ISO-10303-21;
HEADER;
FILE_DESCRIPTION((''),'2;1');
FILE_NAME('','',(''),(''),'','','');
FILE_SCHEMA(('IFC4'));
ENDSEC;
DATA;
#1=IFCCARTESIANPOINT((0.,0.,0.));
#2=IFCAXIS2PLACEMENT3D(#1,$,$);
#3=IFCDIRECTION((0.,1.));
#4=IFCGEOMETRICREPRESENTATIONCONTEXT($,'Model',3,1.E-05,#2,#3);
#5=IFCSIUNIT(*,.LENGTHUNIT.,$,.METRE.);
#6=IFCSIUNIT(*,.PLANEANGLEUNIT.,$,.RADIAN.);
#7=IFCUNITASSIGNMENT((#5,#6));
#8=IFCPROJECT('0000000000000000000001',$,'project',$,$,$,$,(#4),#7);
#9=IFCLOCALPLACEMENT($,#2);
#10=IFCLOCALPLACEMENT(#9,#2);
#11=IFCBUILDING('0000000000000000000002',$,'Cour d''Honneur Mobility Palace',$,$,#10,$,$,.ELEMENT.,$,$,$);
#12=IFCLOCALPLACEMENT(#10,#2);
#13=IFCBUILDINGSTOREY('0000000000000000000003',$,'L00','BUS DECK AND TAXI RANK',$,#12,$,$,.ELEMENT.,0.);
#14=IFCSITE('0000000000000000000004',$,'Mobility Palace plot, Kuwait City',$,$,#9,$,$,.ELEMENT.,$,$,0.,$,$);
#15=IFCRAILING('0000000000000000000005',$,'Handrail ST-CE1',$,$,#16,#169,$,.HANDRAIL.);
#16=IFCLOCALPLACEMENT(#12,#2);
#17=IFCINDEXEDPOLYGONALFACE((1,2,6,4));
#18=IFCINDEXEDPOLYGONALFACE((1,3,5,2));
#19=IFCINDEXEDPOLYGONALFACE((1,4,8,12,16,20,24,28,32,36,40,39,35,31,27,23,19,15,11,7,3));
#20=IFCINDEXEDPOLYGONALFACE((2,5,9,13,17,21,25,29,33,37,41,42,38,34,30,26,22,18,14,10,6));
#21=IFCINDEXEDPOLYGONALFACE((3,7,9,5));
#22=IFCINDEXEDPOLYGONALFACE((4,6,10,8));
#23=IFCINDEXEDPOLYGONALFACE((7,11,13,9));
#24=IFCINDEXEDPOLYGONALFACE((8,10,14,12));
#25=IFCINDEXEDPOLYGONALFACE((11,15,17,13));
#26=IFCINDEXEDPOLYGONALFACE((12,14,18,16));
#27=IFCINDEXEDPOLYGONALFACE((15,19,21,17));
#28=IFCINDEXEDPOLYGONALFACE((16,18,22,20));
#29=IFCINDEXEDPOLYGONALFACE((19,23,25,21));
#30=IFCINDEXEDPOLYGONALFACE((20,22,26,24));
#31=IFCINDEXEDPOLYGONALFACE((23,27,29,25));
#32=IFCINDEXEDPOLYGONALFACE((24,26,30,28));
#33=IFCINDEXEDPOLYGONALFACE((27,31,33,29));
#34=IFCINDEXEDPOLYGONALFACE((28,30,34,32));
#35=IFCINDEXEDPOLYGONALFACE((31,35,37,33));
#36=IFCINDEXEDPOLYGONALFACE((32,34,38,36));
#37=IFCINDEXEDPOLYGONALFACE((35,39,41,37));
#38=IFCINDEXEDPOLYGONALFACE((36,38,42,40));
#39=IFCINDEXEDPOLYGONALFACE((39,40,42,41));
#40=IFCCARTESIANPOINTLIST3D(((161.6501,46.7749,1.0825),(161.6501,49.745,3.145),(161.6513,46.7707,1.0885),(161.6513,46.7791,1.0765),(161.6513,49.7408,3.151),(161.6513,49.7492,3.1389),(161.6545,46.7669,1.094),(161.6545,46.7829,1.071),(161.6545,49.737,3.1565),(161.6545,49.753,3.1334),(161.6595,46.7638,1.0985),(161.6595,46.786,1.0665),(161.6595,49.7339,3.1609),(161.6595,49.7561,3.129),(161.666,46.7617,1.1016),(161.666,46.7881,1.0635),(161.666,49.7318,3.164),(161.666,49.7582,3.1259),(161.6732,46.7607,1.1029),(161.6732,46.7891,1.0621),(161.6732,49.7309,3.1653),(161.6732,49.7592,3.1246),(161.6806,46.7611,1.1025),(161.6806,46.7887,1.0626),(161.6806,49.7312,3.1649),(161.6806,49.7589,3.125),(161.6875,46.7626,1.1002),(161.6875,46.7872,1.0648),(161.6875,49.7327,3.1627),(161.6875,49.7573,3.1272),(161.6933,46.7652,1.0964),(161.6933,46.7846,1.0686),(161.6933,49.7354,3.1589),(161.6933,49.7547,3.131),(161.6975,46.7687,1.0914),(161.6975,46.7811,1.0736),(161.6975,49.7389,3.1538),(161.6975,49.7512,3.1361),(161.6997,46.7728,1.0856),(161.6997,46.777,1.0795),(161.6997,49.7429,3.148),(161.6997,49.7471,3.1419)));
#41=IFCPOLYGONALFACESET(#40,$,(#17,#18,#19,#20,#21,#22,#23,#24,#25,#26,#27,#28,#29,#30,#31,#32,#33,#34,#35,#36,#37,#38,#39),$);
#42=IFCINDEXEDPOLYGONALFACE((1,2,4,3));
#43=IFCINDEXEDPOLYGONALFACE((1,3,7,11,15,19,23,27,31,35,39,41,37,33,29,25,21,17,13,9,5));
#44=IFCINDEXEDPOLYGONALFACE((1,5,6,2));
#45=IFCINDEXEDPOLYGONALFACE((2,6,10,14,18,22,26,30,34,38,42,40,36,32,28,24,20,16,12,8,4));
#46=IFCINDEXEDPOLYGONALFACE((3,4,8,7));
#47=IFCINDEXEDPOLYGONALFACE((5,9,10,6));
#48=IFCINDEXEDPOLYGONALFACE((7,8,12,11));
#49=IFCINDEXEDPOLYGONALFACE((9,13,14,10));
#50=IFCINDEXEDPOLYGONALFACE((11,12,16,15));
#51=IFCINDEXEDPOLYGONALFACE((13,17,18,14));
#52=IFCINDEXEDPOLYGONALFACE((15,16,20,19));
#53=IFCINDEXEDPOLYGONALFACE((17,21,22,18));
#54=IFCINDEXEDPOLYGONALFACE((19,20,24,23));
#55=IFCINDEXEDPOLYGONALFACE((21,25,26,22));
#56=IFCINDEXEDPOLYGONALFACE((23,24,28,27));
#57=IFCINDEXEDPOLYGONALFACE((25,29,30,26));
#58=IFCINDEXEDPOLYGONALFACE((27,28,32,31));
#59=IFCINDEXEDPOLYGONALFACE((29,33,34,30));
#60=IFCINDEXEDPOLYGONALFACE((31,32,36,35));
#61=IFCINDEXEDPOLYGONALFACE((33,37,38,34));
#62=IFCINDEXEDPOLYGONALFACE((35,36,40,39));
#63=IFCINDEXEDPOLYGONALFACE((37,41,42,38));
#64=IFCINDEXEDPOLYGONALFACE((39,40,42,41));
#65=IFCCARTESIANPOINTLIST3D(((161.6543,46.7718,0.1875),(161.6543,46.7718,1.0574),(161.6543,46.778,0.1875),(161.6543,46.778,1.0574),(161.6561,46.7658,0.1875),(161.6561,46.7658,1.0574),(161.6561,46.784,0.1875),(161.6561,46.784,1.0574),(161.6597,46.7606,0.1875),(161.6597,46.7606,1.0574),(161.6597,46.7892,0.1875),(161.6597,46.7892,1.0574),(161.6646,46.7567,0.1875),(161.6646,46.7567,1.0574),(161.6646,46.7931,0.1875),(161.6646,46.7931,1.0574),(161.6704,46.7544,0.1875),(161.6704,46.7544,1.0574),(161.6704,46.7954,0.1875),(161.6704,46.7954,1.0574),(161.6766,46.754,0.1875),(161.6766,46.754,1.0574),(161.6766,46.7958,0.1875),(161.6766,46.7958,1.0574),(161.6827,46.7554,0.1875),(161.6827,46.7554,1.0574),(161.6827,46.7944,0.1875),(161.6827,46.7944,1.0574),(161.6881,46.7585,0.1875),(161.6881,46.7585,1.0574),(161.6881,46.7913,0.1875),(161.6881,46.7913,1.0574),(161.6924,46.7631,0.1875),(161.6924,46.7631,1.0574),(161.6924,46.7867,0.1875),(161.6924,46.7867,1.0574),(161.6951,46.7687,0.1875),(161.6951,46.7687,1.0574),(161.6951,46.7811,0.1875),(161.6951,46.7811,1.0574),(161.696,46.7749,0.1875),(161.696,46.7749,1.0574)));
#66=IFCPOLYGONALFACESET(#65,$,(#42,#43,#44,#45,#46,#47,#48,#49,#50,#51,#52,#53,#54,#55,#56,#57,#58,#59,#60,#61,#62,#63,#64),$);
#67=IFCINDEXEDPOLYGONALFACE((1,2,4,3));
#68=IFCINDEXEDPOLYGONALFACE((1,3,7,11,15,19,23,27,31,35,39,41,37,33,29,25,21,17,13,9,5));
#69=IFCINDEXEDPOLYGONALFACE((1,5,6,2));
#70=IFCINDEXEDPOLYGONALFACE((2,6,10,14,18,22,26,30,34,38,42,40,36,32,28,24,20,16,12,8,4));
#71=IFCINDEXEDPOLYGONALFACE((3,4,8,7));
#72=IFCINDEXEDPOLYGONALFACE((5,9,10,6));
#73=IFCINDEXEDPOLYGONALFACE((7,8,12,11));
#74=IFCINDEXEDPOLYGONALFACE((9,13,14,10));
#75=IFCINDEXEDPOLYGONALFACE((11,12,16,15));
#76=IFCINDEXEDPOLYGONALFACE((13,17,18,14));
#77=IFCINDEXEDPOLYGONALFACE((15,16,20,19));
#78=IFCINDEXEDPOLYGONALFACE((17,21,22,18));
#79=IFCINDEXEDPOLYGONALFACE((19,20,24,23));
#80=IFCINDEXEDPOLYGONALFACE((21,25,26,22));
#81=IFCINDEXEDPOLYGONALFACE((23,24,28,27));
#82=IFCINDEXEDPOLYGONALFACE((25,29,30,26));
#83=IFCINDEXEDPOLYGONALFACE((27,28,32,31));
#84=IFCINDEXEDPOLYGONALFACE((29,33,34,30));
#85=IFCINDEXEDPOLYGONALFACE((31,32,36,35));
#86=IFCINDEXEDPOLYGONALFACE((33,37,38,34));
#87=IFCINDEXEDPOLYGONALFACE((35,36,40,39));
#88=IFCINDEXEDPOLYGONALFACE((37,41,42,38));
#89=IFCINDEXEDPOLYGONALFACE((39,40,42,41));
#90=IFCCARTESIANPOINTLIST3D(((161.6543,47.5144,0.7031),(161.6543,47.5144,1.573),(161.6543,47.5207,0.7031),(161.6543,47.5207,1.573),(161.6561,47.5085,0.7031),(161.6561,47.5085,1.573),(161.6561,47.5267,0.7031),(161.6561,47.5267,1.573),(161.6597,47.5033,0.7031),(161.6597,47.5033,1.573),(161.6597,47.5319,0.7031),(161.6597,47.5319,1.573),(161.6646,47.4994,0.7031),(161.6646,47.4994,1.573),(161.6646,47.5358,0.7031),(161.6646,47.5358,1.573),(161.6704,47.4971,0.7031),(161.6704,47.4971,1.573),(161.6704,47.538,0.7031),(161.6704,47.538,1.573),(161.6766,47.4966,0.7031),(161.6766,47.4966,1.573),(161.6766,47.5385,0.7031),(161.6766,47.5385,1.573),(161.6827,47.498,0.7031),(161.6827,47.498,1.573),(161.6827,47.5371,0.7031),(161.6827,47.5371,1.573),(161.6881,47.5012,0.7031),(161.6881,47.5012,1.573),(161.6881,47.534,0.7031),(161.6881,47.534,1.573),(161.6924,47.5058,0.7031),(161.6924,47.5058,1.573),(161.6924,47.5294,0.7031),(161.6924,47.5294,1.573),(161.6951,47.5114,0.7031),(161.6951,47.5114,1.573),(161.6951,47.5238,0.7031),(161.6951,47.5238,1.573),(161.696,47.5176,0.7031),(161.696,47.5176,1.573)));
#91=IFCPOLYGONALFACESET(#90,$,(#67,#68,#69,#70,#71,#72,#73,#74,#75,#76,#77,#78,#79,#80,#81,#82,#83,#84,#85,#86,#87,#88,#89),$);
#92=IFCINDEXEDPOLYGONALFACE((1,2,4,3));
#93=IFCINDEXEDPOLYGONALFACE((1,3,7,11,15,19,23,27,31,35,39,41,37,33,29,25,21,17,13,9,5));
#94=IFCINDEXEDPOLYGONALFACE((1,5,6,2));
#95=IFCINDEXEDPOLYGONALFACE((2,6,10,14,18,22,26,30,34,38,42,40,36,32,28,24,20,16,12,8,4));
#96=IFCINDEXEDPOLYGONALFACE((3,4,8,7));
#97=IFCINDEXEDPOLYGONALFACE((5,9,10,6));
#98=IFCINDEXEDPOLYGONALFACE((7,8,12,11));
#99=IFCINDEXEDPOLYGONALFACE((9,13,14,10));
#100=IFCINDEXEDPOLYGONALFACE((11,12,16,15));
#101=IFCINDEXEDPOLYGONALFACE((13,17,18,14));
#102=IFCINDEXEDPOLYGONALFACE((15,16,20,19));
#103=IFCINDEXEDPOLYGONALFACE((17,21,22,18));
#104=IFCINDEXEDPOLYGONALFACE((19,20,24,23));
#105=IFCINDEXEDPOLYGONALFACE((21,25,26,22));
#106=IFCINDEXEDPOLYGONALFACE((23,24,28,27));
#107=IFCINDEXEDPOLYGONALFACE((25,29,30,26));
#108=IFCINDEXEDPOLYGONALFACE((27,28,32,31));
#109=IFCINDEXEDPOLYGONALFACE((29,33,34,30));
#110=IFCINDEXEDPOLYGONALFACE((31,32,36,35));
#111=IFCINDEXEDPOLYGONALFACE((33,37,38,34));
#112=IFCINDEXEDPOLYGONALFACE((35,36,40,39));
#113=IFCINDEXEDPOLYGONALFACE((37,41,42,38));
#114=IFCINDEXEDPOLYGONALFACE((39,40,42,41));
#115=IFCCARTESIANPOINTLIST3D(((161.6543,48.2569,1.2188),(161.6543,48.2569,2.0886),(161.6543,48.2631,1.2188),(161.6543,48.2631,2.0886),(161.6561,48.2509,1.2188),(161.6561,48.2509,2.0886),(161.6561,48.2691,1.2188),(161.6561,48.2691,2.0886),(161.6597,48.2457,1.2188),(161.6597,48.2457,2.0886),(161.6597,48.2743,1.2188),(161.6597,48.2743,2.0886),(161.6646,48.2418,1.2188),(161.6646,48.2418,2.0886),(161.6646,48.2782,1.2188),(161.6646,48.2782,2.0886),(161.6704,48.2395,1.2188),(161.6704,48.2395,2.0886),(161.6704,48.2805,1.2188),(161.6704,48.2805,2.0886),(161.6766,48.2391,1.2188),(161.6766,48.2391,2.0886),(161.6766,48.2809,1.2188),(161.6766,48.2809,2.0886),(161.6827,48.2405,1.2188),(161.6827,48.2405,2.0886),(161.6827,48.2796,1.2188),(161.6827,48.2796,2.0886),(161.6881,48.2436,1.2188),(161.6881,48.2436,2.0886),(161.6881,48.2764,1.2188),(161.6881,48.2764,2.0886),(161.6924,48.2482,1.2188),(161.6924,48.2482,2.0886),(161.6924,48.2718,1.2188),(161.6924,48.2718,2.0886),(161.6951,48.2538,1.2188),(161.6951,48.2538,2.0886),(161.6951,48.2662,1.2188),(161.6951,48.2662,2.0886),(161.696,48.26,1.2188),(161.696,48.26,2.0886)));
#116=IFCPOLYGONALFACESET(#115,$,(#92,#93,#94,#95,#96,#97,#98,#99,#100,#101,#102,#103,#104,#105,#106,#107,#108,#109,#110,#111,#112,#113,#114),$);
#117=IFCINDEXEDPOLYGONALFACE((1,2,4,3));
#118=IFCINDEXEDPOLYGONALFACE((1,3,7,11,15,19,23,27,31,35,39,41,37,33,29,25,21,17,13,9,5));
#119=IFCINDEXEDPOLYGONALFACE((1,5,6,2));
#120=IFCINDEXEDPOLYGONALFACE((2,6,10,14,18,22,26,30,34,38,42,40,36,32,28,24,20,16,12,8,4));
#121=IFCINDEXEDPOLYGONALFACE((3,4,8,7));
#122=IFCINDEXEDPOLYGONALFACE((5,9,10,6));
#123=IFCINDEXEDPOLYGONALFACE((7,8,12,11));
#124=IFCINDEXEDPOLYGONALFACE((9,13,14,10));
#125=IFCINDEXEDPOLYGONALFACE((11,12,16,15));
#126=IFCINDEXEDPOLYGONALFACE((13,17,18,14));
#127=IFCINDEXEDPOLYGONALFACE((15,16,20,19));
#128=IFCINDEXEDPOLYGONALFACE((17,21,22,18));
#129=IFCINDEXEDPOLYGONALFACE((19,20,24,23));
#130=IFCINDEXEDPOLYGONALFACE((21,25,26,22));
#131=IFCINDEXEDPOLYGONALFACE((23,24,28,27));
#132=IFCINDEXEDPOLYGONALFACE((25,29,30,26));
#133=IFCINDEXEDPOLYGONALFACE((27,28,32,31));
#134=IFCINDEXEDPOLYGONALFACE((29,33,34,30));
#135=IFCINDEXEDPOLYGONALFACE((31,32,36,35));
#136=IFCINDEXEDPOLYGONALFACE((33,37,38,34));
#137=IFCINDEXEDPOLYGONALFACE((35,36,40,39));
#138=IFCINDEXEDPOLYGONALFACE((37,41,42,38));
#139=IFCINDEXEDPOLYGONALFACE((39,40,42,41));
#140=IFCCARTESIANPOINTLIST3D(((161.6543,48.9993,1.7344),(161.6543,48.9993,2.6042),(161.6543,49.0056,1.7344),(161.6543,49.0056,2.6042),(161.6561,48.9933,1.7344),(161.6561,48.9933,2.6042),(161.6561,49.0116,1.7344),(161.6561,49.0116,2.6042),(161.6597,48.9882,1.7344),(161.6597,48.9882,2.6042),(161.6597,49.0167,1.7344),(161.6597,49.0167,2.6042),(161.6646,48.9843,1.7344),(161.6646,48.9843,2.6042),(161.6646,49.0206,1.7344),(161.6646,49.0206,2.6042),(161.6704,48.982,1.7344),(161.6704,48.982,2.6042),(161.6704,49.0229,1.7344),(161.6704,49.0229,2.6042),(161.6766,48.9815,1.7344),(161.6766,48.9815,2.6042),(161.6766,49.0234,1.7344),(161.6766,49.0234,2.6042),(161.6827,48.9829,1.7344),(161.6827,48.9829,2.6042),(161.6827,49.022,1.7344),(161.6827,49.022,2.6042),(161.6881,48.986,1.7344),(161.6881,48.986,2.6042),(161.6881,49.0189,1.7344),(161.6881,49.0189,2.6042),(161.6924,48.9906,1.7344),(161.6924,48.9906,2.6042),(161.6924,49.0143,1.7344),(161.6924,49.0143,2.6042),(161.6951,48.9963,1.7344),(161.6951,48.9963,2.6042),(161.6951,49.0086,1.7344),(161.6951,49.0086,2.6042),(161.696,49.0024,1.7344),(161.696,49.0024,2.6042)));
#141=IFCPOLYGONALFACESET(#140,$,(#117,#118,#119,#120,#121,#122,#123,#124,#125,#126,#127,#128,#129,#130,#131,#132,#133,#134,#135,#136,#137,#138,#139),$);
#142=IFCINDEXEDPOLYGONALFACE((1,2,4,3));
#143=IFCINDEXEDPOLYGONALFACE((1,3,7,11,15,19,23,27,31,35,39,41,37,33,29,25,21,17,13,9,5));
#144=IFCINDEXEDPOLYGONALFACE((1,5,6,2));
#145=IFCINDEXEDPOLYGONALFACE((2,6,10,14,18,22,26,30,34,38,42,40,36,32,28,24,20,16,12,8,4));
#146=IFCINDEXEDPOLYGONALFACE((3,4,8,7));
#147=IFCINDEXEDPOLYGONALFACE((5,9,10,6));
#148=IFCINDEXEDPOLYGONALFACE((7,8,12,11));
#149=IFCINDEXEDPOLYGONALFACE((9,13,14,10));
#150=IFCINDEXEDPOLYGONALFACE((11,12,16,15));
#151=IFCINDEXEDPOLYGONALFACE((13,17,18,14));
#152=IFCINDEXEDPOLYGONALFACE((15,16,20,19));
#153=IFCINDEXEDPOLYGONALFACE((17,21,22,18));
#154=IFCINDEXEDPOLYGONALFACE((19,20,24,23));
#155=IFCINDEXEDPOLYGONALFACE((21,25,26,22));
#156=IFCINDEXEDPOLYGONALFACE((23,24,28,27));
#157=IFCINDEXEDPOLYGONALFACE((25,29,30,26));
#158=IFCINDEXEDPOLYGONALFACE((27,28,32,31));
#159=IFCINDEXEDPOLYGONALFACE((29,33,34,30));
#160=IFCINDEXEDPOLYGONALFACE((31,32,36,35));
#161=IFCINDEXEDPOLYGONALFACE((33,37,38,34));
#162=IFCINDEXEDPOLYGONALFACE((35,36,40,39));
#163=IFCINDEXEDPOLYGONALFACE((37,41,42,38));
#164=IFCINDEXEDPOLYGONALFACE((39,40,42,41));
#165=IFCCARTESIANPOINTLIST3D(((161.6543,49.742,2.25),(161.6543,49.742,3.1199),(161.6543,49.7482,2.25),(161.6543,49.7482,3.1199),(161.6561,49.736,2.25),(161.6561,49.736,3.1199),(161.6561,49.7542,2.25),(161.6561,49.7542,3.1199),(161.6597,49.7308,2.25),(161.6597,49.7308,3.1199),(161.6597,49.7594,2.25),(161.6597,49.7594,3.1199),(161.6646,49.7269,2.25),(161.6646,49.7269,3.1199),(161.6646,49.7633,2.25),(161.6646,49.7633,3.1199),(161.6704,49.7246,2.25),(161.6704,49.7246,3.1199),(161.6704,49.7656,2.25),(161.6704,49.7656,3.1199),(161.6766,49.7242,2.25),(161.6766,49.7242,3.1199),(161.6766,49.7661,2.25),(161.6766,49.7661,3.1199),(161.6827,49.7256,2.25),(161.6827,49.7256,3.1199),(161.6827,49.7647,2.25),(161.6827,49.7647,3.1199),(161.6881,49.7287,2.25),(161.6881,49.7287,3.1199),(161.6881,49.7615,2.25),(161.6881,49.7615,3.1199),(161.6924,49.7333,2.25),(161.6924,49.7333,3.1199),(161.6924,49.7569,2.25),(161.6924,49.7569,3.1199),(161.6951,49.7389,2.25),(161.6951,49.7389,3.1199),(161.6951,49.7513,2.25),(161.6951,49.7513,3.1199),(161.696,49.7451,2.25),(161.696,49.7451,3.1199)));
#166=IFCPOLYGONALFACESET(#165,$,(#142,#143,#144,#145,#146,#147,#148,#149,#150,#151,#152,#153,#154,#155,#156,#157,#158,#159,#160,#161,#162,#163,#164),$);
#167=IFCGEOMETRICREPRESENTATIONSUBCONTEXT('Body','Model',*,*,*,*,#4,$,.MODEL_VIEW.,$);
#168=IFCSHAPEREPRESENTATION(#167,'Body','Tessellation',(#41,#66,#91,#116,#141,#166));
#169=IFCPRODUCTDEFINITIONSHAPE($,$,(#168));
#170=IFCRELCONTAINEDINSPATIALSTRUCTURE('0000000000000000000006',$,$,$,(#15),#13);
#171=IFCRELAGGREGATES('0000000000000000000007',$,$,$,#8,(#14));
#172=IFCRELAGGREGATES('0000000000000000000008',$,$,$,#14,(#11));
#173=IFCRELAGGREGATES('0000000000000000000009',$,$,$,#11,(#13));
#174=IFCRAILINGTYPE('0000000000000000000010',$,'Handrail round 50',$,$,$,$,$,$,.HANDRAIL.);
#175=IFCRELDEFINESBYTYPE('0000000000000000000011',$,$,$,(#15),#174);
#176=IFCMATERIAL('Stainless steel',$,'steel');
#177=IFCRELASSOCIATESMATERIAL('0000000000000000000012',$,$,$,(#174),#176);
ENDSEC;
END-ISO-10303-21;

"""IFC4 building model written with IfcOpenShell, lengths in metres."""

from ifc_helpers import new_model, si_unit, direction, frame, origin, origin_2d, place, context, subcontext, project, spatial, circle, extrude, material, type_object, element, save


model = new_model("IFC4")

# Units and contexts
model_context = context("Model", 3, precision=1e-05, world=origin(), true_north=direction((0.0, 1.0)))
body_context = subcontext(model_context, "Body", "Model", "MODEL_VIEW")
ifc_project = project(units=[si_unit("LENGTHUNIT", "METRE"), si_unit("PLANEANGLEUNIT", "RADIAN")], contexts=[model_context])

# Site, building, storey
site_placement = place(None, origin())
site = spatial("IfcSite", under=ifc_project, at=site_placement, Name="Mobility Palace plot, Kuwait City", CompositionType="ELEMENT", RefElevation=0.0)
building_placement = place(site_placement, origin())
building = spatial("IfcBuilding", under=site, at=building_placement, Name="Cour d'Honneur Mobility Palace", CompositionType="ELEMENT")
storey_placement = place(building_placement, origin())
storey = spatial("IfcBuildingStorey", under=building, at=storey_placement, Name="L00", Description="BUS DECK AND TAXI RANK", CompositionType="ELEMENT", Elevation=0.0)

# Railing
ifc_material_1 = material(Name="Stainless steel", Category="steel")
railing_type_1 = type_object("IfcRailingType", Name="Handrail round 50", PredefinedType="HANDRAIL", material=ifc_material_1)
for number, where, name in (
    (1, (161.675, 46.7749, 0.1875), "Handrail ST-CE1"),
):
    element("IfcRailing", number, at=place(storey_placement, frame(where)), inside=storey, type_object=railing_type_1, Name=name, PredefinedType="HANDRAIL", context=body_context, shape_type="SweptSolid", body=[
        extrude(circle(Radius=0.0249, at=origin_2d()), frame((0.0, 0.0, 0.895), z_axis=(0.0, 0.821389, 0.570368), x_axis=(-1.0, 0.0, 0.0)), (0.0, 0.0, 1.0), 3.616),
        extrude(circle(Radius=0.021, at=origin_2d()), origin(), (0.0, 0.0, 1.0), 0.8699),
        extrude(circle(Radius=0.021, at=origin_2d()), frame((0.0, 0.7427, 0.5156)), (0.0, 0.0, 1.0), 0.8699),
        extrude(circle(Radius=0.021, at=origin_2d()), frame((0.0, 1.4851, 1.0312)), (0.0, 0.0, 1.0), 0.8699),
        extrude(circle(Radius=0.021, at=origin_2d()), frame((0.0, 2.2275, 1.5469)), (0.0, 0.0, 1.0), 0.8699),
        extrude(circle(Radius=0.021, at=origin_2d()), frame((0.0, 2.9702, 2.0625)), (0.0, 0.0, 1.0), 0.8699),
    ])

save(model, "model.ifc")
